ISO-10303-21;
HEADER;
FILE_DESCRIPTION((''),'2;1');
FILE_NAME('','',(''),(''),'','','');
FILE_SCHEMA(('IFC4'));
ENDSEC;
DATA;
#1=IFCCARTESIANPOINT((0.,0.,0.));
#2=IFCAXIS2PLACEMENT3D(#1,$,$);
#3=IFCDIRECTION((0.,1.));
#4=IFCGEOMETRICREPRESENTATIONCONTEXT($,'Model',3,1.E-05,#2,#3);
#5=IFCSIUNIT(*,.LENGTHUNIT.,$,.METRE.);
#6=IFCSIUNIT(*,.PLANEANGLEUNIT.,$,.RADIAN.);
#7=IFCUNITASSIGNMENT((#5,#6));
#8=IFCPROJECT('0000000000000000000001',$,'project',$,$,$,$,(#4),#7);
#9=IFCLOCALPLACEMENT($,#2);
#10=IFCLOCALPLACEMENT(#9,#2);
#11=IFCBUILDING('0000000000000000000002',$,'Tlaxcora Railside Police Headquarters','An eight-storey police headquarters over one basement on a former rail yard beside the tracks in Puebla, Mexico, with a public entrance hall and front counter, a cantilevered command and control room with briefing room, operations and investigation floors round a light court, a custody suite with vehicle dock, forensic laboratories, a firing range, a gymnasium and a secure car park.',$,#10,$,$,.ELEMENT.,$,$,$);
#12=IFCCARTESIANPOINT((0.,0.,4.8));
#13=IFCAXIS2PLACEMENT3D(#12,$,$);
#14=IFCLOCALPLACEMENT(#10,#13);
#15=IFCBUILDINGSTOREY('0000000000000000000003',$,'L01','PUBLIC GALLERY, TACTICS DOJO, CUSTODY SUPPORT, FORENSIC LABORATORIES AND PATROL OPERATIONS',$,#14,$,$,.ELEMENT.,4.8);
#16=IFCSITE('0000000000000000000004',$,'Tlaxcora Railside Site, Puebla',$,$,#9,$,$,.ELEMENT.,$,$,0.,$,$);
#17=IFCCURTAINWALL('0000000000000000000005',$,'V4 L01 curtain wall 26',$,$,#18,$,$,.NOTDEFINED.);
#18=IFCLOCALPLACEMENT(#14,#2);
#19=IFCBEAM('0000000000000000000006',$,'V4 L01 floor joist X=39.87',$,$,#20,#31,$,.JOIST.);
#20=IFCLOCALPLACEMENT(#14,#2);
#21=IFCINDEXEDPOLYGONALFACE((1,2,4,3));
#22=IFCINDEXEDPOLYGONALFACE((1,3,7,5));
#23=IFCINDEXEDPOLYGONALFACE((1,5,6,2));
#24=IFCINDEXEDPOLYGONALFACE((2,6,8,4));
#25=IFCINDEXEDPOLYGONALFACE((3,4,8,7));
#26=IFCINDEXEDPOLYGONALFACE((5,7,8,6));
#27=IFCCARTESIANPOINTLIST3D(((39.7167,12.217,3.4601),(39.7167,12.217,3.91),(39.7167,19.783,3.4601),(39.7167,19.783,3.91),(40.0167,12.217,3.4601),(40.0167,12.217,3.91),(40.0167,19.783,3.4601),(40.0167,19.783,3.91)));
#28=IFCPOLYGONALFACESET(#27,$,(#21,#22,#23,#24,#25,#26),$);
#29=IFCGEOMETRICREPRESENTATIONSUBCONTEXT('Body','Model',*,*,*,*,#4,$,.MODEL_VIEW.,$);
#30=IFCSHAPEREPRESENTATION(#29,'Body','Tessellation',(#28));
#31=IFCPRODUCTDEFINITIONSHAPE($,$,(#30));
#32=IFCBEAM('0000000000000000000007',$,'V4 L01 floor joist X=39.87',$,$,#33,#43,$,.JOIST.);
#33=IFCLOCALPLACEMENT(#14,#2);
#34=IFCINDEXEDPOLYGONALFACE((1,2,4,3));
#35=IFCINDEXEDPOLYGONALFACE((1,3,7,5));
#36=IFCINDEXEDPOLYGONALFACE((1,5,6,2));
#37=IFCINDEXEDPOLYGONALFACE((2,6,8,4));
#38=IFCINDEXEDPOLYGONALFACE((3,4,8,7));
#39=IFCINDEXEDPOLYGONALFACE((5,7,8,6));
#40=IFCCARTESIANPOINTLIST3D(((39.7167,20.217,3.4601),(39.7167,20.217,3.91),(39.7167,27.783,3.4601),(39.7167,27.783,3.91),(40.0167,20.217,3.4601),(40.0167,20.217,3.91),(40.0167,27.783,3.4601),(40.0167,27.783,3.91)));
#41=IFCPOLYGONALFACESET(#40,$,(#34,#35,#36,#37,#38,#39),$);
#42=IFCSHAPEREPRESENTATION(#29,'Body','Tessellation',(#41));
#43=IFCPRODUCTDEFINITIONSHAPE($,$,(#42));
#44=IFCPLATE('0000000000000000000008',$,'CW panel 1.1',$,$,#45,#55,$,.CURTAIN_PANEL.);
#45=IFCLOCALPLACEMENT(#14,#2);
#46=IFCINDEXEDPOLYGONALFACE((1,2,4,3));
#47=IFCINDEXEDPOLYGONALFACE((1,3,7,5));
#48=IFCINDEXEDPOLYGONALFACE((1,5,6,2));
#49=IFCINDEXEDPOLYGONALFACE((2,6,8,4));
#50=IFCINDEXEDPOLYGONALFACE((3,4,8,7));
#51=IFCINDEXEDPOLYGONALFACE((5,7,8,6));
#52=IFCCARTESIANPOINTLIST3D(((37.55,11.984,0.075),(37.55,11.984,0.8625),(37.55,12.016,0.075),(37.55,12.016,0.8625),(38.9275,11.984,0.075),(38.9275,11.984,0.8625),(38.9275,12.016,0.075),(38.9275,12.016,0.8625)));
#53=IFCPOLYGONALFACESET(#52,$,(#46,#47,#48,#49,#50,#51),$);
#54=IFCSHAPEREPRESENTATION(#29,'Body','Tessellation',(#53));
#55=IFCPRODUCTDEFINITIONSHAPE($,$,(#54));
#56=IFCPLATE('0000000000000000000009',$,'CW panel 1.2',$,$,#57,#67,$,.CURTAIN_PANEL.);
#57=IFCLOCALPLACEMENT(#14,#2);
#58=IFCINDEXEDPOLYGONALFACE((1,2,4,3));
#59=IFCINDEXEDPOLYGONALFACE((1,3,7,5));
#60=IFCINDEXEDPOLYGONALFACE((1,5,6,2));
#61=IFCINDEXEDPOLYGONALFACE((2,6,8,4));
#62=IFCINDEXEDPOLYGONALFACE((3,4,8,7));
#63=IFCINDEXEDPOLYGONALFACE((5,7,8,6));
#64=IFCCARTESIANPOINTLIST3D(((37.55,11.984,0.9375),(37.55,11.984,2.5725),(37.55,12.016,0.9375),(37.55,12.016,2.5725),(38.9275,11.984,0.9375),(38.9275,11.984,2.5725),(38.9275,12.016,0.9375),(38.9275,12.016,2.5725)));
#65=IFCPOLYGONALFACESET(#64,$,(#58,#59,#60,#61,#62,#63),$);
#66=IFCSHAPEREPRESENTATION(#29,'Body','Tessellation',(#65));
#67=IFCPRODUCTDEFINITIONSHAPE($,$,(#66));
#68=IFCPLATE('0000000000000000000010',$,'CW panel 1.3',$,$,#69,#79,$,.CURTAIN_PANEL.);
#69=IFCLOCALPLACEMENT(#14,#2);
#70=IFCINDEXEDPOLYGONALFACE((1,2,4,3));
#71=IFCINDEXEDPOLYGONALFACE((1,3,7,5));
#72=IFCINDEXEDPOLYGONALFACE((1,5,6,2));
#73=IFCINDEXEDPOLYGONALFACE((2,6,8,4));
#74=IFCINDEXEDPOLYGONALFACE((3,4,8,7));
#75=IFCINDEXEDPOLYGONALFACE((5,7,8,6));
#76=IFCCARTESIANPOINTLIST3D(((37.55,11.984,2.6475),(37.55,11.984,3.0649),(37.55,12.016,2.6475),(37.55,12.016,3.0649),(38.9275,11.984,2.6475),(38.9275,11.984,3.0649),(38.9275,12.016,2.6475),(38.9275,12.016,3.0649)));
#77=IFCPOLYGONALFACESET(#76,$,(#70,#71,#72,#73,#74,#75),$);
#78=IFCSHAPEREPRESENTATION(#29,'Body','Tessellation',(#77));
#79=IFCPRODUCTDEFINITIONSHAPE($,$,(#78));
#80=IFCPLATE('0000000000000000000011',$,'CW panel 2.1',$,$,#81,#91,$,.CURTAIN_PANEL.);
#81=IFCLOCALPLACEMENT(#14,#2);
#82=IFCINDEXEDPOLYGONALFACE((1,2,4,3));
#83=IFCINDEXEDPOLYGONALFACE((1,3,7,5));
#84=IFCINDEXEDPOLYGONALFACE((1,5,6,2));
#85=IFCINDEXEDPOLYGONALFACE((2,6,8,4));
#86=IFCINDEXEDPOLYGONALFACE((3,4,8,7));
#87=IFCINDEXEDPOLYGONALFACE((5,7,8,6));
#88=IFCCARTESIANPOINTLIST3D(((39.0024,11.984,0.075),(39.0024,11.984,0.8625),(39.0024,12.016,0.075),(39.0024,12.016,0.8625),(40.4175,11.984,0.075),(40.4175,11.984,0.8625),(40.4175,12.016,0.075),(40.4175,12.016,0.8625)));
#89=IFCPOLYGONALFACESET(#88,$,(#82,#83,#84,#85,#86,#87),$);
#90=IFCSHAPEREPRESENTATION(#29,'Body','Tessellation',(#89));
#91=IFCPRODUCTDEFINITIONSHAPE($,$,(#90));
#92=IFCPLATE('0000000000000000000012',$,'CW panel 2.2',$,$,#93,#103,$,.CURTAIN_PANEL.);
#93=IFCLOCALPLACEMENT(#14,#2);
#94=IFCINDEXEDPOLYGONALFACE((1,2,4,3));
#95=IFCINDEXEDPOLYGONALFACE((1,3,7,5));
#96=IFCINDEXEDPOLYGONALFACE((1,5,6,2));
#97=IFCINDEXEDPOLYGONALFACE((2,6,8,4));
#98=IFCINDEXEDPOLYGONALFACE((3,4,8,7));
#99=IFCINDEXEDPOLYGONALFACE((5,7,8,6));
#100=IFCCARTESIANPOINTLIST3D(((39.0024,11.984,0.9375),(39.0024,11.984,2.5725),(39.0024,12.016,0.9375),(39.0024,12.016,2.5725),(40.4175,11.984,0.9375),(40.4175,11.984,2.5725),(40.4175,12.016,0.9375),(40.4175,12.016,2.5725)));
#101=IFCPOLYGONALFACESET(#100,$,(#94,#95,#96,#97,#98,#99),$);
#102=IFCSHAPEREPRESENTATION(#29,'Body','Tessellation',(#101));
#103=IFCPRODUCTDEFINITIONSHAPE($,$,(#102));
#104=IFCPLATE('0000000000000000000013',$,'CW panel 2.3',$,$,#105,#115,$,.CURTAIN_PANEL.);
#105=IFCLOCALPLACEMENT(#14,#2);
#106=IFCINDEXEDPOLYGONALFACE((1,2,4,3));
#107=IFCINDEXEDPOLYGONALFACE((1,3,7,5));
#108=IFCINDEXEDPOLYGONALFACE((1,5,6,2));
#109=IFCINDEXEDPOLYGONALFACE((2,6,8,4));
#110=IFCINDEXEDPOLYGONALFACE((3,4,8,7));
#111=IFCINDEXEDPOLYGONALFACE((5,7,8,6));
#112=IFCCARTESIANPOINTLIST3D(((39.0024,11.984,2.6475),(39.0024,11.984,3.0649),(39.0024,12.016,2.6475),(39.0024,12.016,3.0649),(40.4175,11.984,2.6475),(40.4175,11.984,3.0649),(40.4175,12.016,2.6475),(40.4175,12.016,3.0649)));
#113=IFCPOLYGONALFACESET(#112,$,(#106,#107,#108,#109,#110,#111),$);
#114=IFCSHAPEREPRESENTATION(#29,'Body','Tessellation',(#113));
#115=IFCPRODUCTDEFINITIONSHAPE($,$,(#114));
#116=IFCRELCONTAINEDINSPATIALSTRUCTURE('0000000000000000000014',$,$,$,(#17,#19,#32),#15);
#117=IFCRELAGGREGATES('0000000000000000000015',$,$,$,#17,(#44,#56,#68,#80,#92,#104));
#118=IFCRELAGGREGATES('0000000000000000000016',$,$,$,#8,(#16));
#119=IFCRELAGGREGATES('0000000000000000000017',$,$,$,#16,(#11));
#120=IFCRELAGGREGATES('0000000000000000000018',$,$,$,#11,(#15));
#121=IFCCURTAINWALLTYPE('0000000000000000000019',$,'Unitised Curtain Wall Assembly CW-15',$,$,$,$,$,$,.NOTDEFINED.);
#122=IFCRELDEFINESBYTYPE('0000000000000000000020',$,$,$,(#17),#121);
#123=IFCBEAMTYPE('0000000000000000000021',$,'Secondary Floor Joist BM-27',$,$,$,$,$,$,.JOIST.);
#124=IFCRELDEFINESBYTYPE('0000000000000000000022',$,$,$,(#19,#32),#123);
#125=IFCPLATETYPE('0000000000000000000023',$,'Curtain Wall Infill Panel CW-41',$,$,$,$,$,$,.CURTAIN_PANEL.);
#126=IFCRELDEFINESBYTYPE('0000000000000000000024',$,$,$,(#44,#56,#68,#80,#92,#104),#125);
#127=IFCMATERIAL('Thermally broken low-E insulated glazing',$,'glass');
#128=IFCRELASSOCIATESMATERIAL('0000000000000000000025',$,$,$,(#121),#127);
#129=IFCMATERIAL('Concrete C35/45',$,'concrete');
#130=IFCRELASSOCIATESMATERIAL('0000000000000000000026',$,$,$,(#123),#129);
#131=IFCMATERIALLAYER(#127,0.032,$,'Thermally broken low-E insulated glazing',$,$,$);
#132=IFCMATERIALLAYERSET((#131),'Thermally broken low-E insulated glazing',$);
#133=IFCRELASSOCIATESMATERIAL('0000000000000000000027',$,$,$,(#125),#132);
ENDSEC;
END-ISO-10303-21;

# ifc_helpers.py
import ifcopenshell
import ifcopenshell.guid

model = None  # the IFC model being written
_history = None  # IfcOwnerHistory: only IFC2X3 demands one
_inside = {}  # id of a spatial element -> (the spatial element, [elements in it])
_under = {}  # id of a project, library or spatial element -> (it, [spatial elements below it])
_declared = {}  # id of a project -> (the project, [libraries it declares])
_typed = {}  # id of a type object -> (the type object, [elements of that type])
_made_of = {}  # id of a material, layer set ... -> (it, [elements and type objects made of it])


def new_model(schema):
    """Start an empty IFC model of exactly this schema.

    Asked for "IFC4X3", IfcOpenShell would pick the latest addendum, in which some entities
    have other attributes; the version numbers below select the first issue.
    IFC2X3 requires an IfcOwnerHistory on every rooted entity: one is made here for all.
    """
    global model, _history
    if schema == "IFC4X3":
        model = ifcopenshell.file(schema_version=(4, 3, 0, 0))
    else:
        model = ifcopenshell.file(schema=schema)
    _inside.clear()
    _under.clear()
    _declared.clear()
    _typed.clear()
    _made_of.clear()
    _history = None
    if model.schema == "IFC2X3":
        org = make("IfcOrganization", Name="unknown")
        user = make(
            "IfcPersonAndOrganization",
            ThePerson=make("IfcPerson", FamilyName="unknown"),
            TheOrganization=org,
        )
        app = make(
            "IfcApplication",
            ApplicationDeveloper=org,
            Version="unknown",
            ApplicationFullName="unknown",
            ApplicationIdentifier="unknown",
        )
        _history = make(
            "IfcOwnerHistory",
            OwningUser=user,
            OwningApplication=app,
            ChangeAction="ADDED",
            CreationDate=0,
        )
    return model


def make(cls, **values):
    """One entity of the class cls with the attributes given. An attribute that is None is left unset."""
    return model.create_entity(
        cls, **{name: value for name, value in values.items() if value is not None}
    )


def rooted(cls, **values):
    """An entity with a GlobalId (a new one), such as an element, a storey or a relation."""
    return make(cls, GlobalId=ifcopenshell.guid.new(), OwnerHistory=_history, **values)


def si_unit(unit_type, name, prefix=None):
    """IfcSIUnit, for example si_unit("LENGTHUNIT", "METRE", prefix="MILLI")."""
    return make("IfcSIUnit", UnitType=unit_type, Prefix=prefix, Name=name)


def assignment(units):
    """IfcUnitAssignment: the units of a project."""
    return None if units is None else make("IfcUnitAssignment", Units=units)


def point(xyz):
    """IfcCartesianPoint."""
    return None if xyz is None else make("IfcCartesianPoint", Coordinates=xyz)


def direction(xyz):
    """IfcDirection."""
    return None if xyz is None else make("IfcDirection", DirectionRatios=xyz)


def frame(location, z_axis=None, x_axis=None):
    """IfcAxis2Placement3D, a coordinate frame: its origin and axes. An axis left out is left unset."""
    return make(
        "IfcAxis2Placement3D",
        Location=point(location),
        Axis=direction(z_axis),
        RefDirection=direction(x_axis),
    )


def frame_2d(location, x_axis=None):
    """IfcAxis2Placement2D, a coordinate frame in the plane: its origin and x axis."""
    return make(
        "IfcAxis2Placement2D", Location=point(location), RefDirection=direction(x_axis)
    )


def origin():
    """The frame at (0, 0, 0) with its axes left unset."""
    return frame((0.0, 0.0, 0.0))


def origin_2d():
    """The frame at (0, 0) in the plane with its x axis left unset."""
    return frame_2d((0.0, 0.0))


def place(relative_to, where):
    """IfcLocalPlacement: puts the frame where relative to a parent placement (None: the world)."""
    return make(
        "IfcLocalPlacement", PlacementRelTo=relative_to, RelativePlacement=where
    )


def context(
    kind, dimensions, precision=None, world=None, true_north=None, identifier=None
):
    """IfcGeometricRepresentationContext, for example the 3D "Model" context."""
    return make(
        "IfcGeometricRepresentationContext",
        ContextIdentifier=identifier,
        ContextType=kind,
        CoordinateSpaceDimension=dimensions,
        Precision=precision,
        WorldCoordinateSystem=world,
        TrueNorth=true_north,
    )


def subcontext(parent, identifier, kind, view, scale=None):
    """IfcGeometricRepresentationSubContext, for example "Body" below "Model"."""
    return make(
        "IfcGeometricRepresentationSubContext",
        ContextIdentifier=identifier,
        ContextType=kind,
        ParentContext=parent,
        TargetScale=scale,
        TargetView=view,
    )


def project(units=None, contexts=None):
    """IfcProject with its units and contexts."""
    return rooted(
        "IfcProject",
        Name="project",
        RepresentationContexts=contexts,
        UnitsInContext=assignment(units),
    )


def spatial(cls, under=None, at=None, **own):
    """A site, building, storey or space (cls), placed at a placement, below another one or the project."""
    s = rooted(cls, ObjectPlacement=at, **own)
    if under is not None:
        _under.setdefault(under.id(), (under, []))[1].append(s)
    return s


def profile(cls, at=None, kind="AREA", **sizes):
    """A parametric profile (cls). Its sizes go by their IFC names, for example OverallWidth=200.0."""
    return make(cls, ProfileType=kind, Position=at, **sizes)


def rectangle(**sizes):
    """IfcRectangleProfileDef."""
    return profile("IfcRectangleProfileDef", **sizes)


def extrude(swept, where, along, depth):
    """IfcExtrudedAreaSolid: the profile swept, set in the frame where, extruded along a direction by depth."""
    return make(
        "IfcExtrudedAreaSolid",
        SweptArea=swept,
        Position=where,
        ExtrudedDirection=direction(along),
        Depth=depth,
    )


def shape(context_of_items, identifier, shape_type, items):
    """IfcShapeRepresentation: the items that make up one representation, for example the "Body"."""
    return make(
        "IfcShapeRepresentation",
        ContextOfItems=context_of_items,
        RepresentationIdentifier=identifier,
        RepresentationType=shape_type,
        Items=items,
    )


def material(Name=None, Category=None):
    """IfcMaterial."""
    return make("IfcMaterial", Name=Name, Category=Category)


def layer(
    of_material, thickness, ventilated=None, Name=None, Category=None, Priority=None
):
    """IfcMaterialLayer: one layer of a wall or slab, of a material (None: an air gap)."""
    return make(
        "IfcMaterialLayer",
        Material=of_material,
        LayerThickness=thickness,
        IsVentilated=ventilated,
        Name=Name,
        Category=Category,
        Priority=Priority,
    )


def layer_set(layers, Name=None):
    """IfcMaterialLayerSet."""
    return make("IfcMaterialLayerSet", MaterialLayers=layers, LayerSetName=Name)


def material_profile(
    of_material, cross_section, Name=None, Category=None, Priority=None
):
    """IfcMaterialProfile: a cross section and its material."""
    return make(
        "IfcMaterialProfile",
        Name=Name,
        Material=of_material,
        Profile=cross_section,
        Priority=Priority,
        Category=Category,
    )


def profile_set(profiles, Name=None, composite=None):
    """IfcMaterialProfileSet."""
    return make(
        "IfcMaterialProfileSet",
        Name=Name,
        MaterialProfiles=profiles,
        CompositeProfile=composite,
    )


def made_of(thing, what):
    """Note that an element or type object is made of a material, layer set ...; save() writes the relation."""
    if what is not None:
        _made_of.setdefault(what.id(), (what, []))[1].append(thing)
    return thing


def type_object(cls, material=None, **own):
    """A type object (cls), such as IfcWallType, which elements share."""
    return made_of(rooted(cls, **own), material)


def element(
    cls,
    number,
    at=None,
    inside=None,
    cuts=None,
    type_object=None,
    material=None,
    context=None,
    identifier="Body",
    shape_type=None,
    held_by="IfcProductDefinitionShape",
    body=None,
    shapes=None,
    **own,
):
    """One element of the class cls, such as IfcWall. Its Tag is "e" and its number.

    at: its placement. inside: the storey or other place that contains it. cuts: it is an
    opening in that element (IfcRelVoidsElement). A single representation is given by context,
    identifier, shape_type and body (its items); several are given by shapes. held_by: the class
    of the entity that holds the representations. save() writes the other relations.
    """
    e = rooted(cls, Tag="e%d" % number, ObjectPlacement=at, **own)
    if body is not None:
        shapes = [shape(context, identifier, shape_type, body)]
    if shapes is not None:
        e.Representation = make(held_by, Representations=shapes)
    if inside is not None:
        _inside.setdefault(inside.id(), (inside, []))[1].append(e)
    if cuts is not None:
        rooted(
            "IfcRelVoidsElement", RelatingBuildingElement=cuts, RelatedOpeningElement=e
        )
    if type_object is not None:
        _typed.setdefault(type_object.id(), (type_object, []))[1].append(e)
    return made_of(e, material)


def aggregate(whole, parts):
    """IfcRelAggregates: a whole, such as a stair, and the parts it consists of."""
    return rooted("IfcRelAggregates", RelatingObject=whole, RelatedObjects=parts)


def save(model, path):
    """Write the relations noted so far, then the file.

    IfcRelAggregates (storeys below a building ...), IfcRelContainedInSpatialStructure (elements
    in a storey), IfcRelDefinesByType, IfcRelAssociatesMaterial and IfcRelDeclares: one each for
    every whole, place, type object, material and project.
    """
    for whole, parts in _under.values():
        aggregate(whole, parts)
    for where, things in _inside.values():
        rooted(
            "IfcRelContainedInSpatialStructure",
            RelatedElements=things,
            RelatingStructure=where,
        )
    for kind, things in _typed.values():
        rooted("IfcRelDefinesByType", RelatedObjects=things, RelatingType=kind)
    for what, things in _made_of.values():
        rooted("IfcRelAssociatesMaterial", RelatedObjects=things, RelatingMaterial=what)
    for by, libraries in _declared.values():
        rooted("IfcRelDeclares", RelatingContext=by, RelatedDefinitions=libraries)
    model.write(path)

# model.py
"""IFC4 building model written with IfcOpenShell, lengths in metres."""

from ifc_helpers import new_model, si_unit, direction, frame, origin, origin_2d, place, context, subcontext, project, spatial, rectangle, extrude, material, layer, layer_set, material_profile, profile_set, type_object, element, aggregate, save


model = new_model("IFC4")

# Units and contexts
model_context = context("Model", 3, precision=1e-05, world=origin(), true_north=direction((0.0, 1.0)))
body_context = subcontext(model_context, "Body", "Model", "MODEL_VIEW")
ifc_project = project(units=[si_unit("LENGTHUNIT", "METRE"), si_unit("PLANEANGLEUNIT", "RADIAN")], contexts=[model_context])

# Site, building, storey
site_placement = place(None, origin())
site = spatial("IfcSite", under=ifc_project, at=site_placement, Name="Tlaxcora Railside Site, Puebla", CompositionType="ELEMENT", RefElevation=0.0)
building_placement = place(site_placement, origin())
building = spatial("IfcBuilding", under=site, at=building_placement, Name="Tlaxcora Railside Police Headquarters", Description="An eight-storey police headquarters over one basement on a former rail yard beside the tracks in Puebla, Mexico, with a public entrance hall and front counter, a cantilevered command and control room with briefing room, operations and investigation floors round a light court, a custody suite with vehicle dock, forensic laboratories, a firing range, a gymnasium and a secure car park.", CompositionType="ELEMENT")
storey_placement = place(building_placement, frame((0.0, 0.0, 4.8)))
storey = spatial("IfcBuildingStorey", under=building, at=storey_placement, Name="L01", Description="PUBLIC GALLERY, TACTICS DOJO, CUSTODY SUPPORT, FORENSIC LABORATORIES AND PATROL OPERATIONS", CompositionType="ELEMENT", Elevation=4.8)

# Curtain wall
ifc_material_1 = material(Name="Thermally broken low-E insulated glazing", Category="glass")
curtain_wall_type = type_object("IfcCurtainWallType", Name="Unitised Curtain Wall Assembly CW-15", PredefinedType="NOTDEFINED", material=ifc_material_1)
curtain_wall_placement = place(storey_placement, origin())
curtain_wall = element("IfcCurtainWall", 1, at=curtain_wall_placement, inside=storey, type_object=curtain_wall_type, Name="V4 L01 curtain wall 26", PredefinedType="NOTDEFINED")

# Beams
ifc_material_2 = material(Name="Concrete C35/45", Category="concrete")
ifc_material_profile_1 = material_profile(ifc_material_2, rectangle(XDim=0.3, YDim=0.45, at=origin_2d()), Name="RC300X450")
ifc_profile_set_1 = profile_set([ifc_material_profile_1], Name="Concrete C35/45")
beam_type = type_object("IfcBeamType", Name="Secondary Floor Joist BM-27", PredefinedType="JOIST", material=ifc_profile_set_1)
for number, where, z_axis, x_axis, name in (
    (2, (39.8667, 12.217, 3.6851), (0.0, 1.0, 0.0), (-1.0, 0.0, 0.0), "V4 L01 floor joist X=39.87"),
    (3, (39.8667, 20.217, 3.6851), (0.0, 1.0, 0.0), (-1.0, 0.0, 0.0), "V4 L01 floor joist X=39.87"),
):
    element("IfcBeam", number, at=place(storey_placement, frame(where, z_axis=z_axis, x_axis=x_axis)), inside=storey, type_object=beam_type, Name=name, PredefinedType="JOIST", context=body_context, shape_type="SweptSolid", body=[
        extrude(rectangle(XDim=0.3, YDim=0.45, at=origin_2d()), origin(), (0.0, 0.0, 1.0), 7.5659),
    ])

# Plates
ifc_layer = layer(ifc_material_1, 0.032, Name="Thermally broken low-E insulated glazing")
ifc_layer_set = layer_set([ifc_layer], Name="Thermally broken low-E insulated glazing")
plate_type = type_object("IfcPlateType", Name="Curtain Wall Infill Panel CW-41", PredefinedType="CURTAIN_PANEL", material=ifc_layer_set)
plate_1_placement = place(storey_placement, frame((38.2388, 12.0, 0.075), z_axis=(0.0, 0.0, 1.0), x_axis=(1.0, 0.0, 0.0)))
plate_1 = element("IfcPlate", 4, at=plate_1_placement, type_object=plate_type, Name="CW panel 1.1", PredefinedType="CURTAIN_PANEL", context=body_context, shape_type="SweptSolid", body=[
    extrude(rectangle(XDim=1.3774, YDim=0.032, at=origin_2d()), origin(), (0.0, 0.0, 1.0), 0.7876),
])
plate_2_placement = place(storey_placement, frame((38.2388, 12.0, 0.9375), z_axis=(0.0, 0.0, 1.0), x_axis=(1.0, 0.0, 0.0)))
plate_2 = element("IfcPlate", 5, at=plate_2_placement, type_object=plate_type, Name="CW panel 1.2", PredefinedType="CURTAIN_PANEL", context=body_context, shape_type="SweptSolid", body=[
    extrude(rectangle(XDim=1.3774, YDim=0.032, at=origin_2d()), origin(), (0.0, 0.0, 1.0), 1.635),
])
plate_3_placement = place(storey_placement, frame((38.2388, 12.0, 2.6475), z_axis=(0.0, 0.0, 1.0), x_axis=(1.0, 0.0, 0.0)))
plate_3 = element("IfcPlate", 6, at=plate_3_placement, type_object=plate_type, Name="CW panel 1.3", PredefinedType="CURTAIN_PANEL", context=body_context, shape_type="SweptSolid", body=[
    extrude(rectangle(XDim=1.3774, YDim=0.032, at=origin_2d()), origin(), (0.0, 0.0, 1.0), 0.4175),
])
plate_4_placement = place(storey_placement, frame((39.71, 12.0, 0.075), z_axis=(0.0, 0.0, 1.0), x_axis=(1.0, 0.0, 0.0)))
plate_4 = element("IfcPlate", 7, at=plate_4_placement, type_object=plate_type, Name="CW panel 2.1", PredefinedType="CURTAIN_PANEL", context=body_context, shape_type="SweptSolid", body=[
    extrude(rectangle(XDim=1.415, YDim=0.032, at=origin_2d()), origin(), (0.0, 0.0, 1.0), 0.7876),
])
plate_5_placement = place(storey_placement, frame((39.71, 12.0, 0.9375), z_axis=(0.0, 0.0, 1.0), x_axis=(1.0, 0.0, 0.0)))
plate_5 = element("IfcPlate", 8, at=plate_5_placement, type_object=plate_type, Name="CW panel 2.2", PredefinedType="CURTAIN_PANEL", context=body_context, shape_type="SweptSolid", body=[
    extrude(rectangle(XDim=1.415, YDim=0.032, at=origin_2d()), origin(), (0.0, 0.0, 1.0), 1.635),
])
plate_6_placement = place(storey_placement, frame((39.71, 12.0, 2.6475), z_axis=(0.0, 0.0, 1.0), x_axis=(1.0, 0.0, 0.0)))
plate_6 = element("IfcPlate", 9, at=plate_6_placement, type_object=plate_type, Name="CW panel 2.3", PredefinedType="CURTAIN_PANEL", context=body_context, shape_type="SweptSolid", body=[
    extrude(rectangle(XDim=1.415, YDim=0.032, at=origin_2d()), origin(), (0.0, 0.0, 1.0), 0.4175),
])
aggregate(curtain_wall, [plate_1, plate_2, plate_3, plate_4, plate_5, plate_6])

save(model, "model.ifc")
